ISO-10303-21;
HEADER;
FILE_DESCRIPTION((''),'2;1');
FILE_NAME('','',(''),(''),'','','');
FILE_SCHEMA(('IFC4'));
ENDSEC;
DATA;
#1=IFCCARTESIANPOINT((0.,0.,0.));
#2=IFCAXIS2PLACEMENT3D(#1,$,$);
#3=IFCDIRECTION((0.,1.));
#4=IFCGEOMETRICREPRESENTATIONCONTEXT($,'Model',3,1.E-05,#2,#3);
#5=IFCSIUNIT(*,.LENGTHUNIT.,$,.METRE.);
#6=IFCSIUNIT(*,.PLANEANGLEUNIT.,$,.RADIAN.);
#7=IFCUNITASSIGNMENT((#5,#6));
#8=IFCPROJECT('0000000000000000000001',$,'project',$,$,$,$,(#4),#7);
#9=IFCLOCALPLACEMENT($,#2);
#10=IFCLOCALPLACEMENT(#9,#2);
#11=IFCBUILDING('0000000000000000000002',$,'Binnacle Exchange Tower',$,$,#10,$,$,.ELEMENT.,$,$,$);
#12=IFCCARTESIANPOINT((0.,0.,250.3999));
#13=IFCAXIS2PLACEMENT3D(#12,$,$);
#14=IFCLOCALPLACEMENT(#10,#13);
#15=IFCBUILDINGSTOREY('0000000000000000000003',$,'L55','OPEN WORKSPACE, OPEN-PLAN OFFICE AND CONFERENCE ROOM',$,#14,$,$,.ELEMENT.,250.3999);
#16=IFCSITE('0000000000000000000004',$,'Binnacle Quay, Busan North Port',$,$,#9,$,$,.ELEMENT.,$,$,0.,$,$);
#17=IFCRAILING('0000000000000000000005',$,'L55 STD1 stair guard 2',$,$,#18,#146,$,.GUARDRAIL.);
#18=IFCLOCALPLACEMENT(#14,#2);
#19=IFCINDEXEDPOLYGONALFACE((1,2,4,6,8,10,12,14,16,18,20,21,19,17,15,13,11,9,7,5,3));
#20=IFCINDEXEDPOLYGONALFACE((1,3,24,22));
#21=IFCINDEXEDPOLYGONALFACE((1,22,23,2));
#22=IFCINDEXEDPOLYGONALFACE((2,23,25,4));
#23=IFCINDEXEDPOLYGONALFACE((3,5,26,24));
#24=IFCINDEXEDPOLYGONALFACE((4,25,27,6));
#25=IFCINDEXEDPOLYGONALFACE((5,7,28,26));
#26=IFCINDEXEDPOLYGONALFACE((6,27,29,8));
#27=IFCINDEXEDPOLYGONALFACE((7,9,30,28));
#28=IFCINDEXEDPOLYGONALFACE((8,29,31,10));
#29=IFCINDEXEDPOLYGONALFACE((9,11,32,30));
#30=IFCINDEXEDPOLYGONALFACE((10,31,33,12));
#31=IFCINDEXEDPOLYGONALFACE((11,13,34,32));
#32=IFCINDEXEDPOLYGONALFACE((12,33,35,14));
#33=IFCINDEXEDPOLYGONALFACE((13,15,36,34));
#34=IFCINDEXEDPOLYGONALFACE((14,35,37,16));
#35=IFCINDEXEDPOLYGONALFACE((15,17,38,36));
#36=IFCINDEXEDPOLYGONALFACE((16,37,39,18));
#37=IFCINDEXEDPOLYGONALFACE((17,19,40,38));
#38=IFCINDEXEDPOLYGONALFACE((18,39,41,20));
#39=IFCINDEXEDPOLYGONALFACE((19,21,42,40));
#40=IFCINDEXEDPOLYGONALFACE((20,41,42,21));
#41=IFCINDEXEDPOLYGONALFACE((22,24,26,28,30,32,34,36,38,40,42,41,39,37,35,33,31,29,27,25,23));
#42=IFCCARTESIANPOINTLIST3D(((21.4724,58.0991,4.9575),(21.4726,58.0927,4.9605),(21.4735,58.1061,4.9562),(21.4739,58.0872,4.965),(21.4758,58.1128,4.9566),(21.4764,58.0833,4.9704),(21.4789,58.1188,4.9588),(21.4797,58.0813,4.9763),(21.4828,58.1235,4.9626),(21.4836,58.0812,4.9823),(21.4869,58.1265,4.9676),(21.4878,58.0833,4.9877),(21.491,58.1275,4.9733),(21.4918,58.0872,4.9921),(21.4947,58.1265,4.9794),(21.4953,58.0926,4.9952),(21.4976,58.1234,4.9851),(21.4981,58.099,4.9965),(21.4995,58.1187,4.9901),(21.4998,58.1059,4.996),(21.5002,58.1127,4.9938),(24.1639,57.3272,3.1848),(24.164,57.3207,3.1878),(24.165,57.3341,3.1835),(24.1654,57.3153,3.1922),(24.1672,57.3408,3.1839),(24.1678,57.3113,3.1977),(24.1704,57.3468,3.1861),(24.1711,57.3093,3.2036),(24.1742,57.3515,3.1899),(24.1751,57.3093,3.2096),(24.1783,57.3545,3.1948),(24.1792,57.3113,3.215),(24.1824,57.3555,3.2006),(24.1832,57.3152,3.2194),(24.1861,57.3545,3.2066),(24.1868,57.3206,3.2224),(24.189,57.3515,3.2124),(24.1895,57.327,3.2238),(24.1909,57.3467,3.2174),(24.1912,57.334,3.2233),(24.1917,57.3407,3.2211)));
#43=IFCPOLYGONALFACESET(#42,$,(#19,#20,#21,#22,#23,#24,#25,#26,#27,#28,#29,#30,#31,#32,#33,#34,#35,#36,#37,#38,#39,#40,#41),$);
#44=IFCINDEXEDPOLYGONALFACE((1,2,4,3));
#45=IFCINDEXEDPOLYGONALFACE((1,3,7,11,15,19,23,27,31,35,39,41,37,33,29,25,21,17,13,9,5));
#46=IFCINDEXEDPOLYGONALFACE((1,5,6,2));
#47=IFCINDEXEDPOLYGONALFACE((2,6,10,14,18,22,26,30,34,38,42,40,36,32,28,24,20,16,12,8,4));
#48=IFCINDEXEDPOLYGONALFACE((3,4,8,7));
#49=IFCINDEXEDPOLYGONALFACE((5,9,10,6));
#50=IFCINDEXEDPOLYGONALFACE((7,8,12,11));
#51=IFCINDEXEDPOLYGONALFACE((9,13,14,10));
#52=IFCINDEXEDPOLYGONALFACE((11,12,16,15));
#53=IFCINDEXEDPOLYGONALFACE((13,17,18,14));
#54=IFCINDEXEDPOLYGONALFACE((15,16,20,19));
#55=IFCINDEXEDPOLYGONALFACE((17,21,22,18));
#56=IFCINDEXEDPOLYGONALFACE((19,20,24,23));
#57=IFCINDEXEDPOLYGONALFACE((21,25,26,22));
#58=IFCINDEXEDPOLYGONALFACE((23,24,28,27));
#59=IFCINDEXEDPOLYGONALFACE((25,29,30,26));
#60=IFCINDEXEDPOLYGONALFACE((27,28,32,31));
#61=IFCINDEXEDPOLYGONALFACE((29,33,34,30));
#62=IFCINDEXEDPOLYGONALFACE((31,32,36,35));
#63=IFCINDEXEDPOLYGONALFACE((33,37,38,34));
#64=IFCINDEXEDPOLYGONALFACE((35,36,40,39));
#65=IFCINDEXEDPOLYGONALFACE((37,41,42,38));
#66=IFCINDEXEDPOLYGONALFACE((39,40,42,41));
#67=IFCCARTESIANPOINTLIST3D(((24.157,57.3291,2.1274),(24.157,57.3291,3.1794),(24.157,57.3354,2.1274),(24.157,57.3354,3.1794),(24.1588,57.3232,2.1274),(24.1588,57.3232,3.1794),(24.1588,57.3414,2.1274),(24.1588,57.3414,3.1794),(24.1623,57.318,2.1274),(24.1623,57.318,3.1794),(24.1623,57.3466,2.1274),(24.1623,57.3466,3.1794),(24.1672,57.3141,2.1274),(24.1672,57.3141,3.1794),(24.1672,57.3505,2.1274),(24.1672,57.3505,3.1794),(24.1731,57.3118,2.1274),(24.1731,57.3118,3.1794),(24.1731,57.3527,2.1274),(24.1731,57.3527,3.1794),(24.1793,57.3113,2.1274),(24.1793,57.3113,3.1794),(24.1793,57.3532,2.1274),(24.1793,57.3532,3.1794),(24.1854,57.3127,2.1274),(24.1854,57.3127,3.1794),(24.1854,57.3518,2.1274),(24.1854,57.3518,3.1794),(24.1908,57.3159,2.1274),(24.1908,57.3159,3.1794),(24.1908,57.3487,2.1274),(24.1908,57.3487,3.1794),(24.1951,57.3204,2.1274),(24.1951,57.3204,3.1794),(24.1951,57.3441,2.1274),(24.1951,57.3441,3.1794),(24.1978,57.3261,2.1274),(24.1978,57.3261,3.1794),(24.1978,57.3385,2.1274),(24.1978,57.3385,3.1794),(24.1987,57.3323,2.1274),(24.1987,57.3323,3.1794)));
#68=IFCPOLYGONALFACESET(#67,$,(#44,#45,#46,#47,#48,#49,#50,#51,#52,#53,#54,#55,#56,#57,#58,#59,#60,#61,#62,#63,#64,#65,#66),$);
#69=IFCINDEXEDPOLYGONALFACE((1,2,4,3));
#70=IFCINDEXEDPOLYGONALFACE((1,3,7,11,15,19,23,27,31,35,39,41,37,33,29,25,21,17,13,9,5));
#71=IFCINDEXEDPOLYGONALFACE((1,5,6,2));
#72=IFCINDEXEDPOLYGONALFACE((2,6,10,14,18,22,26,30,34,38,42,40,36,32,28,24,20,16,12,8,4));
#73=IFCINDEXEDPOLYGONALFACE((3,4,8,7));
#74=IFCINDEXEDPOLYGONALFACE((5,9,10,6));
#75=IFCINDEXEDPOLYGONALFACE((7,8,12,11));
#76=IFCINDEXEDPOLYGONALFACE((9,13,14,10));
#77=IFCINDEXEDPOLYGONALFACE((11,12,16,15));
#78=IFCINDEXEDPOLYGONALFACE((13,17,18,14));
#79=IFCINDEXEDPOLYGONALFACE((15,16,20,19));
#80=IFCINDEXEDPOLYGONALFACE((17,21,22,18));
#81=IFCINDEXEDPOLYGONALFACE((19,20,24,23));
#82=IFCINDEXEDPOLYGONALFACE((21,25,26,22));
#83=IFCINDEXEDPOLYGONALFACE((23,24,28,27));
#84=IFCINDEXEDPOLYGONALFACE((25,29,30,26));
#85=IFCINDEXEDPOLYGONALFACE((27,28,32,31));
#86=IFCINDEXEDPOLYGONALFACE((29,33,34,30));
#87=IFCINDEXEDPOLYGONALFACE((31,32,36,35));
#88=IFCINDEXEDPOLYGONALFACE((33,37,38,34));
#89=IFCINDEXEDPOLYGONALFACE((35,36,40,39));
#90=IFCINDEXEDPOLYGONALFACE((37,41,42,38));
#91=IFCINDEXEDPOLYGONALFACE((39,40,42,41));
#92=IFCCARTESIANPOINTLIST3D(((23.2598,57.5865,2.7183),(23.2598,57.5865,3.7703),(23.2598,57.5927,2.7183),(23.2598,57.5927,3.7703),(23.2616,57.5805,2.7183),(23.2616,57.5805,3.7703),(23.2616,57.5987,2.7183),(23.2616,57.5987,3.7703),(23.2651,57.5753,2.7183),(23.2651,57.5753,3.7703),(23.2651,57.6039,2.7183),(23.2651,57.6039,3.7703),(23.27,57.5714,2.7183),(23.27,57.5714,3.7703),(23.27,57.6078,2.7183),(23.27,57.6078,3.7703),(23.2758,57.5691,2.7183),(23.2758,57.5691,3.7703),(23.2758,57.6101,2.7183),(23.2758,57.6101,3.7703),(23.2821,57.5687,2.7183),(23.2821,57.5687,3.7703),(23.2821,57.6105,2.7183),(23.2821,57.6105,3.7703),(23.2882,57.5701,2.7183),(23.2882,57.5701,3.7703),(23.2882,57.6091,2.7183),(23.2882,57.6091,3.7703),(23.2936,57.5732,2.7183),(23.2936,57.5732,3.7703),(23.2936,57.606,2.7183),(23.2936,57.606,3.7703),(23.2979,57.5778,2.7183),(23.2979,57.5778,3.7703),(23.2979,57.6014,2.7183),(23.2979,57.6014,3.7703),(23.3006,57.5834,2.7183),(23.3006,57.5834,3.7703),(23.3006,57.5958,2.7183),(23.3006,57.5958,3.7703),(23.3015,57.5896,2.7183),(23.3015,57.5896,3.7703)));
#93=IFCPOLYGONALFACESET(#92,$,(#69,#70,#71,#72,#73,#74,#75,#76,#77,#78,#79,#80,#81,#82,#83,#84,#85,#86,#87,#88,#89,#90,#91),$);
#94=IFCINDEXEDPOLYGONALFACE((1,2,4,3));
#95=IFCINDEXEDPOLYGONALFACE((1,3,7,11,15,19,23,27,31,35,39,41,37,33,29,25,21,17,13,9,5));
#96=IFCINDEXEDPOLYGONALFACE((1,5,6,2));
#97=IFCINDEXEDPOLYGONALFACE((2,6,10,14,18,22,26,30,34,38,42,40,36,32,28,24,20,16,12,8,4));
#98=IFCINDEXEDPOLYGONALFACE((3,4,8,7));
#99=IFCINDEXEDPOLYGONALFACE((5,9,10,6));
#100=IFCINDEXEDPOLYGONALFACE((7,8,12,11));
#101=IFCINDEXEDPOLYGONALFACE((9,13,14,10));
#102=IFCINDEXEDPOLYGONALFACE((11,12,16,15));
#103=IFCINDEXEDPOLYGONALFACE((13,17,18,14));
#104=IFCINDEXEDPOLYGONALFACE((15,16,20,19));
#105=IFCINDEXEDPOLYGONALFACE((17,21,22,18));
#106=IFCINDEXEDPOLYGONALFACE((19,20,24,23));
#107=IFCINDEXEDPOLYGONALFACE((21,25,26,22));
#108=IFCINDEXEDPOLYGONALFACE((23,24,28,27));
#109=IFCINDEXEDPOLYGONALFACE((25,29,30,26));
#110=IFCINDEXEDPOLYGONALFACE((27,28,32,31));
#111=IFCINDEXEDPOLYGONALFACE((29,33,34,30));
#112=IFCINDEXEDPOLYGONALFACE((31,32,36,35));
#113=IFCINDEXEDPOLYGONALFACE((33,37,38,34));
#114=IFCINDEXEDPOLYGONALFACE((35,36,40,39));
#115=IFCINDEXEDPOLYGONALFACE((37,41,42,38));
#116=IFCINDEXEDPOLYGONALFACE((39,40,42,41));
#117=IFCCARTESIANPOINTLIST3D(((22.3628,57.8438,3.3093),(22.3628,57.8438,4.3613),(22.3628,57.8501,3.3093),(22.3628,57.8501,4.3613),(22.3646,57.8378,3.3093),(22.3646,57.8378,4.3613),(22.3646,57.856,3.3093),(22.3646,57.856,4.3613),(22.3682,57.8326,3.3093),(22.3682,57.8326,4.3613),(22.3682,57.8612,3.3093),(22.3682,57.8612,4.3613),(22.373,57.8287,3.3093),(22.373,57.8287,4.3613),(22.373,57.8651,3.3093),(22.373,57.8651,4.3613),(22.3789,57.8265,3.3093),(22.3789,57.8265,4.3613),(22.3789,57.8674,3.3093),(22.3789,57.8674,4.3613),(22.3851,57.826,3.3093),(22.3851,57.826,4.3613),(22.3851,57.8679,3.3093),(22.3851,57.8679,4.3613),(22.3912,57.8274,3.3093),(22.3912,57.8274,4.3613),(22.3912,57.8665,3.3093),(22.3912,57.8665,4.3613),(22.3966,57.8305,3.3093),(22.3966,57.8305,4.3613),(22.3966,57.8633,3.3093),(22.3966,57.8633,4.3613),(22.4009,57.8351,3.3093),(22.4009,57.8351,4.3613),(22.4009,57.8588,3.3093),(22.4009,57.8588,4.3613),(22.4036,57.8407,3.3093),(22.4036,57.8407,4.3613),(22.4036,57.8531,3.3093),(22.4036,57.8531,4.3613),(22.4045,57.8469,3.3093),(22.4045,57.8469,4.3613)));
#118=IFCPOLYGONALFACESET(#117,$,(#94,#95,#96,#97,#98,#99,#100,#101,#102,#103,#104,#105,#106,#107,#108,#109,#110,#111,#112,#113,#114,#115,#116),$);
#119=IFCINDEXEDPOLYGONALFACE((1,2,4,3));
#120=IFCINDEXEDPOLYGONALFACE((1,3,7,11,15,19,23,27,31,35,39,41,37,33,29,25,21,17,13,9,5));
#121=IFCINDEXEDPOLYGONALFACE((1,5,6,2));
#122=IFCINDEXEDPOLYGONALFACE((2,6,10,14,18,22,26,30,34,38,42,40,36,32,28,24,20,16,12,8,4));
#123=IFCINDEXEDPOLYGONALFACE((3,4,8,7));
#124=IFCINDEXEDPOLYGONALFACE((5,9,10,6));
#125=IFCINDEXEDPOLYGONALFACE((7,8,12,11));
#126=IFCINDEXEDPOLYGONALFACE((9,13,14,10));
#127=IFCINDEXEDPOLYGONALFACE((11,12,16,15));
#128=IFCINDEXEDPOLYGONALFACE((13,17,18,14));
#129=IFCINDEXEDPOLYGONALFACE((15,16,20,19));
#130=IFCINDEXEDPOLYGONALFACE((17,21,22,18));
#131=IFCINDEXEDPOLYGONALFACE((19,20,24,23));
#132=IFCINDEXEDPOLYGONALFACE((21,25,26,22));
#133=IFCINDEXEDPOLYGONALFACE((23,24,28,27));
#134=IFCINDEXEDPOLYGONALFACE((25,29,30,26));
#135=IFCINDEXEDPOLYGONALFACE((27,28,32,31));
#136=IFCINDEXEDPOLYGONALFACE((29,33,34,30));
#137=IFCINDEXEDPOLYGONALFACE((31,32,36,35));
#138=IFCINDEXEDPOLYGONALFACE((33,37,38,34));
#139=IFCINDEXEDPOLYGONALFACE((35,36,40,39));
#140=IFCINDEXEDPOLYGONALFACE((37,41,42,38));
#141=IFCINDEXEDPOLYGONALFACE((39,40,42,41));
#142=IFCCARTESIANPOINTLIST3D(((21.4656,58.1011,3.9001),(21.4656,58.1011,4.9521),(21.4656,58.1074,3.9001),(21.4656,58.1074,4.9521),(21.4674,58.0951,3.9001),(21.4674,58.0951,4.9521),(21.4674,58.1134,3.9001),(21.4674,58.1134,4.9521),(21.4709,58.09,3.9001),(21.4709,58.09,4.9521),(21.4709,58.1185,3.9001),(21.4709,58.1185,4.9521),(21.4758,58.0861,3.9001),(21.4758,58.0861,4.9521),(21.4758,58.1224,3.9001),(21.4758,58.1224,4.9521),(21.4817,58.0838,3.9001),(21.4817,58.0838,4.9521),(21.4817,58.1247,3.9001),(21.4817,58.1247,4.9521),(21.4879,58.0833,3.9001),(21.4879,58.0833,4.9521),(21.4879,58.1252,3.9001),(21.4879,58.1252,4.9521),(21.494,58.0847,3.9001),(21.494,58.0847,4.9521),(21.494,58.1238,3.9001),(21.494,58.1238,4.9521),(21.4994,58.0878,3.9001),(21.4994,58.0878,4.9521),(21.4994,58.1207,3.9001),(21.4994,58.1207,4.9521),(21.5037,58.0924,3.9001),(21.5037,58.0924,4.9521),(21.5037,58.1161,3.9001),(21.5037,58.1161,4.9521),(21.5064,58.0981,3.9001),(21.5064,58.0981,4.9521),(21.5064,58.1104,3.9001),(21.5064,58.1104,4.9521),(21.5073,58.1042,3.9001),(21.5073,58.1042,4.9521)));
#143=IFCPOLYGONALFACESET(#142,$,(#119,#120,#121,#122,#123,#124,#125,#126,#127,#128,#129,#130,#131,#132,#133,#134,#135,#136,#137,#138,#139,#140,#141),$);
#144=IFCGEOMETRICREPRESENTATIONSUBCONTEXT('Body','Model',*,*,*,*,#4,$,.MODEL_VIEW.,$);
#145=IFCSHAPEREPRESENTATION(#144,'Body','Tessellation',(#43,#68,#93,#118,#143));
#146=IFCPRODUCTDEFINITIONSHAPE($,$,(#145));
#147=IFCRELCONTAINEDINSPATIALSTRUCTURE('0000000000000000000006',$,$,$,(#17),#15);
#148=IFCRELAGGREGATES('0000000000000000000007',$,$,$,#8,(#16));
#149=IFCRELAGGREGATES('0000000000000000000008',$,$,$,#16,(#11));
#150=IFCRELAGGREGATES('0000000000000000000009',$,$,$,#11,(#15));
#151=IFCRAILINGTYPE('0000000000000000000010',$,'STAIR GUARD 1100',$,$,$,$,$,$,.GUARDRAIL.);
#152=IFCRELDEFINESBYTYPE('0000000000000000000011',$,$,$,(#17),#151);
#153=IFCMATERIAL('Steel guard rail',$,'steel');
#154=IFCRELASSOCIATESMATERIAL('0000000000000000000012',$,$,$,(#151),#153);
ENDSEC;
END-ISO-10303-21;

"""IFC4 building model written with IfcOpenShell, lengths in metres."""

from ifc_helpers import new_model, si_unit, direction, frame, origin, origin_2d, place, context, subcontext, project, spatial, circle, extrude, material, type_object, element, save


model = new_model("IFC4")

# Units and contexts
model_context = context("Model", 3, precision=1e-05, world=origin(), true_north=direction((0.0, 1.0)))
body_context = subcontext(model_context, "Body", "Model", "MODEL_VIEW")
ifc_project = project(units=[si_unit("LENGTHUNIT", "METRE"), si_unit("PLANEANGLEUNIT", "RADIAN")], contexts=[model_context])

# Site, building, storey
site_placement = place(None, origin())
site = spatial("IfcSite", under=ifc_project, at=site_placement, Name="Binnacle Quay, Busan North Port", CompositionType="ELEMENT", RefElevation=0.0)
building_placement = place(site_placement, origin())
building = spatial("IfcBuilding", under=site, at=building_placement, Name="Binnacle Exchange Tower", CompositionType="ELEMENT")
storey_placement = place(building_placement, frame((0.0, 0.0, 250.3999)))
storey = spatial("IfcBuildingStorey", under=building, at=storey_placement, Name="L55", Description="OPEN WORKSPACE, OPEN-PLAN OFFICE AND CONFERENCE ROOM", CompositionType="ELEMENT", Elevation=250.3999)

# Railing
ifc_material_1 = material(Name="Steel guard rail", Category="steel")
railing_type_1 = type_object("IfcRailingType", Name="STAIR GUARD 1100", PredefinedType="GUARDRAIL", material=ifc_material_1)
railing_1_placement = place(storey_placement, frame((24.1777, 57.3323, 2.1274)))
element("IfcRailing", 1, at=railing_1_placement, inside=storey, type_object=railing_type_1, Name="L55 STD1 stair guard 2", PredefinedType="GUARDRAIL", context=body_context, shape_type="SweptSolid", body=[
    extrude(circle(Radius=0.0239, at=origin_2d()), frame((0.0, 0.0, 1.0762), z_axis=(-0.812151, 0.232948, 0.534926), x_axis=(-0.275711, -0.96124, 0.0)), (0.0, 0.0, 1.0), 3.314),
    extrude(circle(Radius=0.021, at=origin_2d()), origin(), (0.0, 0.0, 1.0), 1.052),
    extrude(circle(Radius=0.021, at=origin_2d()), frame((-0.8972, 0.2573, 0.5908)), (0.0, 0.0, 1.0), 1.052),
    extrude(circle(Radius=0.021, at=origin_2d()), frame((-1.7942, 0.5146, 1.1819)), (0.0, 0.0, 1.0), 1.052),
    extrude(circle(Radius=0.021, at=origin_2d()), frame((-2.6914, 0.772, 1.7727)), (0.0, 0.0, 1.0), 1.052),
])

save(model, "model.ifc")
